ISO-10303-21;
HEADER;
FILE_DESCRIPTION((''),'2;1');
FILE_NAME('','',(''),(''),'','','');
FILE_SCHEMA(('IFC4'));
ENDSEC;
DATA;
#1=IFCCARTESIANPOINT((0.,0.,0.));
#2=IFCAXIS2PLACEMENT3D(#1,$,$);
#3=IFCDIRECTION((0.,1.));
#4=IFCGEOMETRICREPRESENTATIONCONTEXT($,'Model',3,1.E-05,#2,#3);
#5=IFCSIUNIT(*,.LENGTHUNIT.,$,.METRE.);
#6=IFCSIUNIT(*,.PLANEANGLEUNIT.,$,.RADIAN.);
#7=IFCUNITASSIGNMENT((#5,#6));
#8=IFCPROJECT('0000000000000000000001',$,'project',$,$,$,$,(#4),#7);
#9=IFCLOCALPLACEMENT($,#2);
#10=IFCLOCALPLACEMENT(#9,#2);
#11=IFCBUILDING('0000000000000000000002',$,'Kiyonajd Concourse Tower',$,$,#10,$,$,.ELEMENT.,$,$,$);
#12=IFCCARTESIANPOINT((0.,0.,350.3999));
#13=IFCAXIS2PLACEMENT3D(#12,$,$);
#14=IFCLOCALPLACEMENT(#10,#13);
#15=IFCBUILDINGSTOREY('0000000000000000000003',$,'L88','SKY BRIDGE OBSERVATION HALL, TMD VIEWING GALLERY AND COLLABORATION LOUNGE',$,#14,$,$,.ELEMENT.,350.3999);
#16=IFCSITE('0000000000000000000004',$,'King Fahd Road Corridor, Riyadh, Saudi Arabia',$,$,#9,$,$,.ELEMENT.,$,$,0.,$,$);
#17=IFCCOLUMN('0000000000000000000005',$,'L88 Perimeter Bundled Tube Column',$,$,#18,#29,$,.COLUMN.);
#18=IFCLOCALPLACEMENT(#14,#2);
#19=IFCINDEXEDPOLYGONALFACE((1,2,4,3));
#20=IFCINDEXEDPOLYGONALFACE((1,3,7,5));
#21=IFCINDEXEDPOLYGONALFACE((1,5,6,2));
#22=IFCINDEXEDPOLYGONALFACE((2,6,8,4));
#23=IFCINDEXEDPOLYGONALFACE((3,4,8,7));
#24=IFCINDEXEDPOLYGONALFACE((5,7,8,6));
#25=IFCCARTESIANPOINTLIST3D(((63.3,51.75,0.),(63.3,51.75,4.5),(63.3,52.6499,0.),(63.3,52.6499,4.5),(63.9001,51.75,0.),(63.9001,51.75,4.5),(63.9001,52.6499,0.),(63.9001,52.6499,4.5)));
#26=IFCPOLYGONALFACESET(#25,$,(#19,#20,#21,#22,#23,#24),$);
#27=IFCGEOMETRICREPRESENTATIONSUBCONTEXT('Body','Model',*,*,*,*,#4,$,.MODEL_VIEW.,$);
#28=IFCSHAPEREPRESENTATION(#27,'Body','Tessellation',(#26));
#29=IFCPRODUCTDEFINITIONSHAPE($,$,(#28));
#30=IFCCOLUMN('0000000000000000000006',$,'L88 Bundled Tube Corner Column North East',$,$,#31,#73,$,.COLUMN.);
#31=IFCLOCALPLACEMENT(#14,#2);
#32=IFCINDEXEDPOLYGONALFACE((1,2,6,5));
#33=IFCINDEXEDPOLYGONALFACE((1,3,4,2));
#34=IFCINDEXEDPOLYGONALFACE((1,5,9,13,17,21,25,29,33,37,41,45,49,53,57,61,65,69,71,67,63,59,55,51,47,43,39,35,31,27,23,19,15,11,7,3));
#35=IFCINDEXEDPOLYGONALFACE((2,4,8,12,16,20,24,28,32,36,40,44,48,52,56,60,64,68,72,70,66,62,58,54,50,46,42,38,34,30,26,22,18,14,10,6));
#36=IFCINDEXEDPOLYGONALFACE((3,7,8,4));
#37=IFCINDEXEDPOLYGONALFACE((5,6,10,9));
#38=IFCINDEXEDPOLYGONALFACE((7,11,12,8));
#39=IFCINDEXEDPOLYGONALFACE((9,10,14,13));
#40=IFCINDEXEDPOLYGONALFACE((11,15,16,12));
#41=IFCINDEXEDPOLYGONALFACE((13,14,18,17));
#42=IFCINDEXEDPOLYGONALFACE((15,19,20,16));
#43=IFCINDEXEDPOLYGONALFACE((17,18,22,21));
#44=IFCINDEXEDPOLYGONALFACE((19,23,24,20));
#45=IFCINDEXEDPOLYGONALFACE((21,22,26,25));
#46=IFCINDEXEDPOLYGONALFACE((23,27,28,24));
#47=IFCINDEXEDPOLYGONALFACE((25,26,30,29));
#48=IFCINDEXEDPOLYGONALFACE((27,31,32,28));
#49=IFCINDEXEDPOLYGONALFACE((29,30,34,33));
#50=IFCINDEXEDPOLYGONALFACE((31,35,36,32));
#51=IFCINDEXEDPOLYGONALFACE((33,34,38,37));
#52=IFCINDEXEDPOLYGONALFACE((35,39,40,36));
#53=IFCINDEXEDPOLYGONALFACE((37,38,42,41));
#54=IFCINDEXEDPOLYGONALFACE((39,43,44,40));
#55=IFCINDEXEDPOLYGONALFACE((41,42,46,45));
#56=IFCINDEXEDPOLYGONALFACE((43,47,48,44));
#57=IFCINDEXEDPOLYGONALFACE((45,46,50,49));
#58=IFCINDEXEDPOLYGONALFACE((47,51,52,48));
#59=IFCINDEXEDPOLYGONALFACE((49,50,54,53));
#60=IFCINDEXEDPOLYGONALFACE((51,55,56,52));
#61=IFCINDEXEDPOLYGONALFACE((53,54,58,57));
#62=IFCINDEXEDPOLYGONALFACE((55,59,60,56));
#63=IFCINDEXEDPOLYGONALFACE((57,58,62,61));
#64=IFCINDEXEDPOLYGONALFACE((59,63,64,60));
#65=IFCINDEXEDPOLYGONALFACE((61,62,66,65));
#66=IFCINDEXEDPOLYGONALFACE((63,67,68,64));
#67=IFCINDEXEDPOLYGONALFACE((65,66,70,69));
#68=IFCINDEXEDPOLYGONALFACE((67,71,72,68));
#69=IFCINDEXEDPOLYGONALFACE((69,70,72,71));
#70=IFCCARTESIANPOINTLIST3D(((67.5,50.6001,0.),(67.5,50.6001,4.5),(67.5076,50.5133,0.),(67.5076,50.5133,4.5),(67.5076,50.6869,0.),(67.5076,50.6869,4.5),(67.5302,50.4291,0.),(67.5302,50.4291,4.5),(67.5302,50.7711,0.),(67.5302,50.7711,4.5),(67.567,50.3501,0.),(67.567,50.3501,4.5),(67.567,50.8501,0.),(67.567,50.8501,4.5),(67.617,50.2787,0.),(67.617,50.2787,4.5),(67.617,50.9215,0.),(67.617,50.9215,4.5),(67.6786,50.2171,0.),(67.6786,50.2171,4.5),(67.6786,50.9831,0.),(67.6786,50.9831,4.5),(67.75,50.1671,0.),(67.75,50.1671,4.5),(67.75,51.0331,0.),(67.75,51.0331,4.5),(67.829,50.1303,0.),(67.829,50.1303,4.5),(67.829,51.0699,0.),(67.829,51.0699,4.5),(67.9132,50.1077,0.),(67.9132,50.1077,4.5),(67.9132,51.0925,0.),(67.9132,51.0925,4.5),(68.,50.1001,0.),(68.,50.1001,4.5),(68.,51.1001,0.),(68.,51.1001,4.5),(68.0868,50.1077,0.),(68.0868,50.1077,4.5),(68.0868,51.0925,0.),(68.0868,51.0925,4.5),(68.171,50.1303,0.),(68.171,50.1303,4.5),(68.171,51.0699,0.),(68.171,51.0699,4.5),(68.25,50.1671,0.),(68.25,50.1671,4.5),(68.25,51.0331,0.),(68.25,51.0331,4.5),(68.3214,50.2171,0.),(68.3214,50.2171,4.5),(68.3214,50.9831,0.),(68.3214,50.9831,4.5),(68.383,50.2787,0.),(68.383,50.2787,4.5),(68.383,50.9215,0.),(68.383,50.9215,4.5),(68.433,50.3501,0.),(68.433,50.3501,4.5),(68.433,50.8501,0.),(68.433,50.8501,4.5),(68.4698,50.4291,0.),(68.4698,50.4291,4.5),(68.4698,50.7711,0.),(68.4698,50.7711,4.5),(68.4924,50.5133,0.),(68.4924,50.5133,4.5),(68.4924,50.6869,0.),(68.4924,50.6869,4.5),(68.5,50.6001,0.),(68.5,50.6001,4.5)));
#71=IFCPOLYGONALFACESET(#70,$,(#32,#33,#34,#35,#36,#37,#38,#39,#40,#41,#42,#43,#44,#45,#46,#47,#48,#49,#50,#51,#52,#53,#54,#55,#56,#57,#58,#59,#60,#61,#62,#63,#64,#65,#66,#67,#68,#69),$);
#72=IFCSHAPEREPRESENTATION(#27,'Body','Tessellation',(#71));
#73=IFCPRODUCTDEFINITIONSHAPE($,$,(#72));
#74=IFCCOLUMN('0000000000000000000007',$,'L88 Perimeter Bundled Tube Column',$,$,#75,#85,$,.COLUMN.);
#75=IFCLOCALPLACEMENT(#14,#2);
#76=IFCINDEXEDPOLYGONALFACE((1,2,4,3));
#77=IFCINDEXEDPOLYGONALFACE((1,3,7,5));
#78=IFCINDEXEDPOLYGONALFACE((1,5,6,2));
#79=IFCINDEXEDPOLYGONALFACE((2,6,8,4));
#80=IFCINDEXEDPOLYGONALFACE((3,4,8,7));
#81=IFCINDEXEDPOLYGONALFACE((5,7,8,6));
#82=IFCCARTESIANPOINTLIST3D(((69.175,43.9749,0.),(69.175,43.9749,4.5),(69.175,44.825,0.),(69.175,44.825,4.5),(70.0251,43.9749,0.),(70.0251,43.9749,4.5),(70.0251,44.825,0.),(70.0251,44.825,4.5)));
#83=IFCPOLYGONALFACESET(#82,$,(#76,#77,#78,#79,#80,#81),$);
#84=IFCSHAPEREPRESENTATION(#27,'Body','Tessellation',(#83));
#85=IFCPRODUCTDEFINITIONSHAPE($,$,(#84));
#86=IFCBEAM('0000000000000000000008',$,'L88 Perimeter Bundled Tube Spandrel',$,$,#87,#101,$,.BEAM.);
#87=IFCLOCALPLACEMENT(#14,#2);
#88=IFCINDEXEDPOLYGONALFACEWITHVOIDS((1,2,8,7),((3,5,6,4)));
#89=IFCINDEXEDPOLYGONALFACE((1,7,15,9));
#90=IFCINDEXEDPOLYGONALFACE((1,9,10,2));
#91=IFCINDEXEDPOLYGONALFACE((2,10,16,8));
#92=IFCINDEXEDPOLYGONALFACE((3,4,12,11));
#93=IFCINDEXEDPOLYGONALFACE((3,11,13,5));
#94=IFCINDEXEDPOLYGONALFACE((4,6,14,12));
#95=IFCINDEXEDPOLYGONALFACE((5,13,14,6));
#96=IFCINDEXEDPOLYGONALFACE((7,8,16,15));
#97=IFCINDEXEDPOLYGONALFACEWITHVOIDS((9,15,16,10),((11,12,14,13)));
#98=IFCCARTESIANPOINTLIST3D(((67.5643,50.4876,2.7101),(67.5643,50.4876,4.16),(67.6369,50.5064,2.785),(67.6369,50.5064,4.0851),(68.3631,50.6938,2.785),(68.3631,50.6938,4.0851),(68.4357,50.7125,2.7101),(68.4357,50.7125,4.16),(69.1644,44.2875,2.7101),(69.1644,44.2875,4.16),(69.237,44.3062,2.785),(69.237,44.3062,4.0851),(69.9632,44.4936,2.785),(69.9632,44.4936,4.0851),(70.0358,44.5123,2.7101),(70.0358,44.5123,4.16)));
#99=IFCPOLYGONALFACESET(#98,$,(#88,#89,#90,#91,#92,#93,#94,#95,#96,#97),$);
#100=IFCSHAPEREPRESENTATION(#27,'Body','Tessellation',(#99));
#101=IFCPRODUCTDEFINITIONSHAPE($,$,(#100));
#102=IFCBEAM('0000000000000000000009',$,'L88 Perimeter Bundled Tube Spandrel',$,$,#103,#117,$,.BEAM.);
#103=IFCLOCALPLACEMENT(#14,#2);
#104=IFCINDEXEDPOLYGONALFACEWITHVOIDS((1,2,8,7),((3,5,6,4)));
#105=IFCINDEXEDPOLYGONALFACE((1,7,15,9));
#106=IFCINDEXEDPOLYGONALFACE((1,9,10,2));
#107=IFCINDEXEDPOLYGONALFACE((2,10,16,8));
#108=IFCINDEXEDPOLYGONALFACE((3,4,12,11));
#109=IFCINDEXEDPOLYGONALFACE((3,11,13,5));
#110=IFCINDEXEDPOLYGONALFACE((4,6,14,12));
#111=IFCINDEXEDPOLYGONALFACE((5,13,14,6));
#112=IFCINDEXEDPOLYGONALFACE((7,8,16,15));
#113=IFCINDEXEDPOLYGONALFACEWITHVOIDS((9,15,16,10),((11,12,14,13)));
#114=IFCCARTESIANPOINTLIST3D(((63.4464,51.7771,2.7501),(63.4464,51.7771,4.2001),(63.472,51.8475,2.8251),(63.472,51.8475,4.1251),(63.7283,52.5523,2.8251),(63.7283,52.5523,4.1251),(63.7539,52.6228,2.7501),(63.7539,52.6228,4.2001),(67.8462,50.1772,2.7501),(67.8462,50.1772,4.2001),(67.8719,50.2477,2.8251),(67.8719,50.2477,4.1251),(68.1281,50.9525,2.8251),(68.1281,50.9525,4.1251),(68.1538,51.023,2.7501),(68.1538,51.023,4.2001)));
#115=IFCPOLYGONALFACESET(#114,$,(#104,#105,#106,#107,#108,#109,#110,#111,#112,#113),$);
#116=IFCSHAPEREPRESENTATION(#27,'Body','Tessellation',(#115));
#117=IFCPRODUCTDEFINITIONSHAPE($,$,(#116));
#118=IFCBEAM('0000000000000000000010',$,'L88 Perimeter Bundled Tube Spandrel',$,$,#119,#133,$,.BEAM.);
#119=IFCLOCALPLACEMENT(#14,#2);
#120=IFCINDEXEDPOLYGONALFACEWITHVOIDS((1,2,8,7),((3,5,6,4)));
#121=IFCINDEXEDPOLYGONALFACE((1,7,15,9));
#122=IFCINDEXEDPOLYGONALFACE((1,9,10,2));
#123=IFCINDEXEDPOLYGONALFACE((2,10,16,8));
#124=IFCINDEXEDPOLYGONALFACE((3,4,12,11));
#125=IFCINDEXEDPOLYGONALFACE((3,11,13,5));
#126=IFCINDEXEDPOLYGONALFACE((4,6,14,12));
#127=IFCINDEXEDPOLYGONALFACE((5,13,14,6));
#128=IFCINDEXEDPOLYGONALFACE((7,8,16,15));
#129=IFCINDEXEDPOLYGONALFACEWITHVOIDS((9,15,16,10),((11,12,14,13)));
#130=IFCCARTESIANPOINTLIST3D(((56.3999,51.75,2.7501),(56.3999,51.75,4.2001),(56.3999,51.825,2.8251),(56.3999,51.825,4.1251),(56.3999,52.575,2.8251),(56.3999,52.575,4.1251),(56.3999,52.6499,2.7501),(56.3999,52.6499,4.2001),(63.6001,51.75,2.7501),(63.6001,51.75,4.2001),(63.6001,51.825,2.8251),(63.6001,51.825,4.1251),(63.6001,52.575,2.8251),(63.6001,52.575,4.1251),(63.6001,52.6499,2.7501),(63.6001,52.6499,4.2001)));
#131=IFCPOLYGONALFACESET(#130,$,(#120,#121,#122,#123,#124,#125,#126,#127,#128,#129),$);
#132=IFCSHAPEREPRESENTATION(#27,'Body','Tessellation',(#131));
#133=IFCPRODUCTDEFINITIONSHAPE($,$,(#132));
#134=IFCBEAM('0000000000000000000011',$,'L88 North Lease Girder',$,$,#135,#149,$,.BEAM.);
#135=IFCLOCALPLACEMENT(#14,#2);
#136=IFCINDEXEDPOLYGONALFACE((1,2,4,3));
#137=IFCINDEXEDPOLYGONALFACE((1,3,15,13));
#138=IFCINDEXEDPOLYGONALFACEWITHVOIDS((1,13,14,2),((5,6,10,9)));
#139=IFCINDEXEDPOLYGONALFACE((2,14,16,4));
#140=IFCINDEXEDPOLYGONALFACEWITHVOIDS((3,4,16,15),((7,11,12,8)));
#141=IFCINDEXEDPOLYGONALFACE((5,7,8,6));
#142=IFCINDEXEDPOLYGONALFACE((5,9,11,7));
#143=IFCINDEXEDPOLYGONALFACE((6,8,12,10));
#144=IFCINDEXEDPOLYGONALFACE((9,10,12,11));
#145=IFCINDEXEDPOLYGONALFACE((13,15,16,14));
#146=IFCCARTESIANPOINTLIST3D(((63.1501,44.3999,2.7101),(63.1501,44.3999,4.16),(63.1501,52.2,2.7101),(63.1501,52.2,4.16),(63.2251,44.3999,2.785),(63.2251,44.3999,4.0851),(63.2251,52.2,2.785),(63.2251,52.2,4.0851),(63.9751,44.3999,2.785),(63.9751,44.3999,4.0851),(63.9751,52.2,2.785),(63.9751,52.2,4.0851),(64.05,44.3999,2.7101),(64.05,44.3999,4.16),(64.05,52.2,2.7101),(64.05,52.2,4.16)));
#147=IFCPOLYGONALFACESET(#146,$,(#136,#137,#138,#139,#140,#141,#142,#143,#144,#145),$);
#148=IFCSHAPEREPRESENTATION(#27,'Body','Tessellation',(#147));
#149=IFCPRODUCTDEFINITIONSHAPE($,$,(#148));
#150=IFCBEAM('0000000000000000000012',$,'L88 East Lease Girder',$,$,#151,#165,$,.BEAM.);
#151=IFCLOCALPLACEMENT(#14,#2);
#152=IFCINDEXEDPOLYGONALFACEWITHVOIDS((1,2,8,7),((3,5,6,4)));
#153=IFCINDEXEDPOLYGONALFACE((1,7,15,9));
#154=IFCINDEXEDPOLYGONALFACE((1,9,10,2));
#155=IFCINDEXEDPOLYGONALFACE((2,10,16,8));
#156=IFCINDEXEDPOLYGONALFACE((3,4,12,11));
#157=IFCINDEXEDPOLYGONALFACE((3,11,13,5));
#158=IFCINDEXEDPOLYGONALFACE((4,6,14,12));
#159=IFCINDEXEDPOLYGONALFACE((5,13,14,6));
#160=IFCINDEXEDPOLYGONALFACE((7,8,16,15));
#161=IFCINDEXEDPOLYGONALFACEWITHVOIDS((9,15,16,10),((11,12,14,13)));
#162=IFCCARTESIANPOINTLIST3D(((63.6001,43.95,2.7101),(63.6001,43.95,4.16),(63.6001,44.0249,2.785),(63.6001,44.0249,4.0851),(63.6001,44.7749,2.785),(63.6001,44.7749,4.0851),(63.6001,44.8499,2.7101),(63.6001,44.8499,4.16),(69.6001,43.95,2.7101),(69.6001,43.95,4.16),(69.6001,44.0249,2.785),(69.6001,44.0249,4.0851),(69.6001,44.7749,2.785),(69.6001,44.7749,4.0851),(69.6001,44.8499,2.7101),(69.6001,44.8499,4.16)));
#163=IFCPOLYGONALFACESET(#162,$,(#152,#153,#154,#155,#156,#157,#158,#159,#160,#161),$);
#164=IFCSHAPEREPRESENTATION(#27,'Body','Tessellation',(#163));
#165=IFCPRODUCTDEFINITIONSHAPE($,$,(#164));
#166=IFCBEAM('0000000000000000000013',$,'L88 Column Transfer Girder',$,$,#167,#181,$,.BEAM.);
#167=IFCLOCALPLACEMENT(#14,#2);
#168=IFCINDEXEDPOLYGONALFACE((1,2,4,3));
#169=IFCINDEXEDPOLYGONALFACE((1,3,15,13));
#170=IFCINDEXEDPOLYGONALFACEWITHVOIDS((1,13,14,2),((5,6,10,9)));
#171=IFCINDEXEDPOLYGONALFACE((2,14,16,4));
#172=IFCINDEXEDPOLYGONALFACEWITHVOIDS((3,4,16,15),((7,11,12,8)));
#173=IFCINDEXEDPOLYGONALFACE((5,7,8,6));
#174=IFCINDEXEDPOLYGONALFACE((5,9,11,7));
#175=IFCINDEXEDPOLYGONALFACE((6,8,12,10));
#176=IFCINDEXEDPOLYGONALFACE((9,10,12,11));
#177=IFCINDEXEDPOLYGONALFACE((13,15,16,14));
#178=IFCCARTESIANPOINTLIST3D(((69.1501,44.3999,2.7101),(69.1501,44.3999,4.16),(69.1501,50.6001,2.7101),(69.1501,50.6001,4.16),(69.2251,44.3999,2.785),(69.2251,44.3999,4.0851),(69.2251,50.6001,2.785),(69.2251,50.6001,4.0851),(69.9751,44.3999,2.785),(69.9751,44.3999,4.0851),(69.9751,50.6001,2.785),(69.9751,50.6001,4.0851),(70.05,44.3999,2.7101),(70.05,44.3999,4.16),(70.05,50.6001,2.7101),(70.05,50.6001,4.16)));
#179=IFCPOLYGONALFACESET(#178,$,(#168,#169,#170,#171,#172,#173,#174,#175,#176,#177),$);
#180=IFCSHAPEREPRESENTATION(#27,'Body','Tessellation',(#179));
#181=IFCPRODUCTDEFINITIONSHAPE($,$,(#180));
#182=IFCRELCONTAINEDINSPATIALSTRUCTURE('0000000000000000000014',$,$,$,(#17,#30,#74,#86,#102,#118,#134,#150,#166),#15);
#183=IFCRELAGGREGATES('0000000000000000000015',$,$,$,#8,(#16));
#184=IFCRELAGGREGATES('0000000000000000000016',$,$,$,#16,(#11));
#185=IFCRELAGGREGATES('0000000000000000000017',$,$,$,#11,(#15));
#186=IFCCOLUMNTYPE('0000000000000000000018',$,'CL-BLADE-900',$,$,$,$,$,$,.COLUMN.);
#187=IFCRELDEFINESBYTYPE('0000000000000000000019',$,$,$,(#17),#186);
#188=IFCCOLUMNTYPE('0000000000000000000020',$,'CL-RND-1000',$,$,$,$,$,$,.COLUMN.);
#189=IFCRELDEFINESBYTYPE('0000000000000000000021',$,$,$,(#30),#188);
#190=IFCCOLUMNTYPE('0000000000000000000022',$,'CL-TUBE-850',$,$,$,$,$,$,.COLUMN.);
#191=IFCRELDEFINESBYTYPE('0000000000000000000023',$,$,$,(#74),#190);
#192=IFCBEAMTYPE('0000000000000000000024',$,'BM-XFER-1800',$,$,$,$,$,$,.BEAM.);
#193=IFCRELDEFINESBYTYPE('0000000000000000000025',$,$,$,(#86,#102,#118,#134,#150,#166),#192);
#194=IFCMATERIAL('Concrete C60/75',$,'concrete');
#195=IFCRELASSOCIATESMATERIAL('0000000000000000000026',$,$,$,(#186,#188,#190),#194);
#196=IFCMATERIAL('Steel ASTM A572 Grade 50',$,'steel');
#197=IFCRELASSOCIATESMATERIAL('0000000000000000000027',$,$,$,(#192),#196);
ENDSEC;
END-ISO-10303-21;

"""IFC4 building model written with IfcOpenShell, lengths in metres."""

from ifc_helpers import new_model, si_unit, direction, frame, origin, origin_2d, place, context, subcontext, project, spatial, rectangle, hollow_rectangle, circle, extrude, material, material_profile, profile_set, type_object, element, save


model = new_model("IFC4")

# Units and contexts
model_context = context("Model", 3, precision=1e-05, world=origin(), true_north=direction((0.0, 1.0)))
body_context = subcontext(model_context, "Body", "Model", "MODEL_VIEW")
ifc_project = project(units=[si_unit("LENGTHUNIT", "METRE"), si_unit("PLANEANGLEUNIT", "RADIAN")], contexts=[model_context])

# Site, building, storey
site_placement = place(None, origin())
site = spatial("IfcSite", under=ifc_project, at=site_placement, Name="King Fahd Road Corridor, Riyadh, Saudi Arabia", CompositionType="ELEMENT", RefElevation=0.0)
building_placement = place(site_placement, origin())
building = spatial("IfcBuilding", under=site, at=building_placement, Name="Kiyonajd Concourse Tower", CompositionType="ELEMENT")
storey_placement = place(building_placement, frame((0.0, 0.0, 350.3999)))
storey = spatial("IfcBuildingStorey", under=building, at=storey_placement, Name="L88", Description="SKY BRIDGE OBSERVATION HALL, TMD VIEWING GALLERY AND COLLABORATION LOUNGE", CompositionType="ELEMENT", Elevation=350.3999)

# Columns
ifc_material_1 = material(Name="Concrete C60/75", Category="concrete")
ifc_material_profile_1 = material_profile(ifc_material_1, rectangle(XDim=0.6001, YDim=0.8999, at=origin_2d()), Name="RC-900x600")
ifc_profile_set_1 = profile_set([ifc_material_profile_1], Name="Concrete C60/75")
column_type_1 = type_object("IfcColumnType", Name="CL-BLADE-900", PredefinedType="COLUMN", material=ifc_profile_set_1)
column_1_placement = place(storey_placement, frame((63.6001, 52.2, 0.0), z_axis=(0.0, 0.0, 1.0), x_axis=(1.0, 0.0, 0.0)))
element("IfcColumn", 1, at=column_1_placement, inside=storey, type_object=column_type_1, Name="L88 Perimeter Bundled Tube Column", PredefinedType="COLUMN", context=body_context, shape_type="SweptSolid", body=[
    extrude(rectangle(XDim=0.6001, YDim=0.8999, at=origin_2d()), origin(), (0.0, 0.0, 1.0), 4.5),
])
ifc_material_profile_2 = material_profile(ifc_material_1, circle(Radius=0.5, at=origin_2d()), Name="RCC-D1000")
ifc_profile_set_2 = profile_set([ifc_material_profile_2], Name="Concrete C60/75")
column_type_2 = type_object("IfcColumnType", Name="CL-RND-1000", PredefinedType="COLUMN", material=ifc_profile_set_2)
column_2_placement = place(storey_placement, frame((68.0, 50.6001, 0.0), z_axis=(0.0, 0.0, 1.0), x_axis=(1.0, 0.0, 0.0)))
element("IfcColumn", 2, at=column_2_placement, inside=storey, type_object=column_type_2, Name="L88 Bundled Tube Corner Column North East", PredefinedType="COLUMN", context=body_context, shape_type="SweptSolid", body=[
    extrude(circle(Radius=0.5, at=origin_2d()), origin(), (0.0, 0.0, 1.0), 4.5),
])
ifc_material_profile_3 = material_profile(ifc_material_1, rectangle(XDim=0.8501, YDim=0.8501, at=origin_2d()), Name="RC-850x850")
ifc_profile_set_3 = profile_set([ifc_material_profile_3], Name="Concrete C60/75")
column_type_3 = type_object("IfcColumnType", Name="CL-TUBE-850", PredefinedType="COLUMN", material=ifc_profile_set_3)
column_3_placement = place(storey_placement, frame((69.6001, 44.3999, 0.0), z_axis=(0.0, 0.0, 1.0), x_axis=(1.0, 0.0, 0.0)))
element("IfcColumn", 3, at=column_3_placement, inside=storey, type_object=column_type_3, Name="L88 Perimeter Bundled Tube Column", PredefinedType="COLUMN", context=body_context, shape_type="SweptSolid", body=[
    extrude(rectangle(XDim=0.8501, YDim=0.8501, at=origin_2d()), origin(), (0.0, 0.0, 1.0), 4.5),
])

# Beams
ifc_material_2 = material(Name="Steel ASTM A572 Grade 50", Category="steel")
ifc_material_profile_4 = material_profile(ifc_material_2, hollow_rectangle(XDim=0.8999, YDim=1.45, WallThickness=0.075, at=origin_2d()), Name="BOX-1450x900x75")
ifc_profile_set_4 = profile_set([ifc_material_profile_4], Name="Steel ASTM A572 Grade 50")
beam_type = type_object("IfcBeamType", Name="BM-XFER-1800", PredefinedType="BEAM", material=ifc_profile_set_4)
beam_1_placement = place(storey_placement, frame((69.6001, 44.3999, 3.4351), z_axis=(-0.249885, 0.968276, 0.0), x_axis=(-0.968276, -0.249885, 0.0)))
element("IfcBeam", 4, at=beam_1_placement, inside=storey, type_object=beam_type, Name="L88 Perimeter Bundled Tube Spandrel", PredefinedType="BEAM", context=body_context, shape_type="SweptSolid", body=[
    extrude(hollow_rectangle(XDim=0.8999, YDim=1.45, WallThickness=0.075, at=origin_2d()), origin(), (0.0, 0.0, 1.0), 6.4033),
])
beam_2_placement = place(storey_placement, frame((68.0, 50.6001, 3.4751), z_axis=(-0.939801, 0.341722, 0.0), x_axis=(-0.341722, -0.939801, 0.0)))
element("IfcBeam", 5, at=beam_2_placement, inside=storey, type_object=beam_type, Name="L88 Perimeter Bundled Tube Spandrel", PredefinedType="BEAM", context=body_context, shape_type="SweptSolid", body=[
    extrude(hollow_rectangle(XDim=0.8999, YDim=1.45, WallThickness=0.075, at=origin_2d()), origin(), (0.0, 0.0, 1.0), 4.6816),
])
beam_3_placement = place(storey_placement, frame((63.6001, 52.2, 3.4751), z_axis=(-1.0, 0.0, 0.0), x_axis=(0.0, -1.0, 0.0)))
element("IfcBeam", 6, at=beam_3_placement, inside=storey, type_object=beam_type, Name="L88 Perimeter Bundled Tube Spandrel", PredefinedType="BEAM", context=body_context, shape_type="SweptSolid", body=[
    extrude(hollow_rectangle(XDim=0.8999, YDim=1.45, WallThickness=0.075, at=origin_2d()), origin(), (0.0, 0.0, 1.0), 7.2002),
])
beam_4_placement = place(storey_placement, frame((63.6001, 44.3999, 3.4351), z_axis=(0.0, 1.0, 0.0), x_axis=(-1.0, 0.0, 0.0)))
element("IfcBeam", 7, at=beam_4_placement, inside=storey, type_object=beam_type, Name="L88 North Lease Girder", PredefinedType="BEAM", context=body_context, shape_type="SweptSolid", body=[
    extrude(hollow_rectangle(XDim=0.8999, YDim=1.45, WallThickness=0.075, at=origin_2d()), origin(), (0.0, 0.0, 1.0), 7.8),
])
beam_5_placement = place(storey_placement, frame((63.6001, 44.3999, 3.4351), z_axis=(1.0, 0.0, 0.0), x_axis=(0.0, 1.0, 0.0)))
element("IfcBeam", 8, at=beam_5_placement, inside=storey, type_object=beam_type, Name="L88 East Lease Girder", PredefinedType="BEAM", context=body_context, shape_type="SweptSolid", body=[
    extrude(hollow_rectangle(XDim=0.8999, YDim=1.45, WallThickness=0.075, at=origin_2d()), origin(), (0.0, 0.0, 1.0), 6.0),
])
beam_6_placement = place(storey_placement, frame((69.6001, 44.3999, 3.4351), z_axis=(0.0, 1.0, 0.0), x_axis=(-1.0, 0.0, 0.0)))
element("IfcBeam", 9, at=beam_6_placement, inside=storey, type_object=beam_type, Name="L88 Column Transfer Girder", PredefinedType="BEAM", context=body_context, shape_type="SweptSolid", body=[
    extrude(hollow_rectangle(XDim=0.8999, YDim=1.45, WallThickness=0.075, at=origin_2d()), origin(), (0.0, 0.0, 1.0), 6.2002),
])

save(model, "model.ifc")
